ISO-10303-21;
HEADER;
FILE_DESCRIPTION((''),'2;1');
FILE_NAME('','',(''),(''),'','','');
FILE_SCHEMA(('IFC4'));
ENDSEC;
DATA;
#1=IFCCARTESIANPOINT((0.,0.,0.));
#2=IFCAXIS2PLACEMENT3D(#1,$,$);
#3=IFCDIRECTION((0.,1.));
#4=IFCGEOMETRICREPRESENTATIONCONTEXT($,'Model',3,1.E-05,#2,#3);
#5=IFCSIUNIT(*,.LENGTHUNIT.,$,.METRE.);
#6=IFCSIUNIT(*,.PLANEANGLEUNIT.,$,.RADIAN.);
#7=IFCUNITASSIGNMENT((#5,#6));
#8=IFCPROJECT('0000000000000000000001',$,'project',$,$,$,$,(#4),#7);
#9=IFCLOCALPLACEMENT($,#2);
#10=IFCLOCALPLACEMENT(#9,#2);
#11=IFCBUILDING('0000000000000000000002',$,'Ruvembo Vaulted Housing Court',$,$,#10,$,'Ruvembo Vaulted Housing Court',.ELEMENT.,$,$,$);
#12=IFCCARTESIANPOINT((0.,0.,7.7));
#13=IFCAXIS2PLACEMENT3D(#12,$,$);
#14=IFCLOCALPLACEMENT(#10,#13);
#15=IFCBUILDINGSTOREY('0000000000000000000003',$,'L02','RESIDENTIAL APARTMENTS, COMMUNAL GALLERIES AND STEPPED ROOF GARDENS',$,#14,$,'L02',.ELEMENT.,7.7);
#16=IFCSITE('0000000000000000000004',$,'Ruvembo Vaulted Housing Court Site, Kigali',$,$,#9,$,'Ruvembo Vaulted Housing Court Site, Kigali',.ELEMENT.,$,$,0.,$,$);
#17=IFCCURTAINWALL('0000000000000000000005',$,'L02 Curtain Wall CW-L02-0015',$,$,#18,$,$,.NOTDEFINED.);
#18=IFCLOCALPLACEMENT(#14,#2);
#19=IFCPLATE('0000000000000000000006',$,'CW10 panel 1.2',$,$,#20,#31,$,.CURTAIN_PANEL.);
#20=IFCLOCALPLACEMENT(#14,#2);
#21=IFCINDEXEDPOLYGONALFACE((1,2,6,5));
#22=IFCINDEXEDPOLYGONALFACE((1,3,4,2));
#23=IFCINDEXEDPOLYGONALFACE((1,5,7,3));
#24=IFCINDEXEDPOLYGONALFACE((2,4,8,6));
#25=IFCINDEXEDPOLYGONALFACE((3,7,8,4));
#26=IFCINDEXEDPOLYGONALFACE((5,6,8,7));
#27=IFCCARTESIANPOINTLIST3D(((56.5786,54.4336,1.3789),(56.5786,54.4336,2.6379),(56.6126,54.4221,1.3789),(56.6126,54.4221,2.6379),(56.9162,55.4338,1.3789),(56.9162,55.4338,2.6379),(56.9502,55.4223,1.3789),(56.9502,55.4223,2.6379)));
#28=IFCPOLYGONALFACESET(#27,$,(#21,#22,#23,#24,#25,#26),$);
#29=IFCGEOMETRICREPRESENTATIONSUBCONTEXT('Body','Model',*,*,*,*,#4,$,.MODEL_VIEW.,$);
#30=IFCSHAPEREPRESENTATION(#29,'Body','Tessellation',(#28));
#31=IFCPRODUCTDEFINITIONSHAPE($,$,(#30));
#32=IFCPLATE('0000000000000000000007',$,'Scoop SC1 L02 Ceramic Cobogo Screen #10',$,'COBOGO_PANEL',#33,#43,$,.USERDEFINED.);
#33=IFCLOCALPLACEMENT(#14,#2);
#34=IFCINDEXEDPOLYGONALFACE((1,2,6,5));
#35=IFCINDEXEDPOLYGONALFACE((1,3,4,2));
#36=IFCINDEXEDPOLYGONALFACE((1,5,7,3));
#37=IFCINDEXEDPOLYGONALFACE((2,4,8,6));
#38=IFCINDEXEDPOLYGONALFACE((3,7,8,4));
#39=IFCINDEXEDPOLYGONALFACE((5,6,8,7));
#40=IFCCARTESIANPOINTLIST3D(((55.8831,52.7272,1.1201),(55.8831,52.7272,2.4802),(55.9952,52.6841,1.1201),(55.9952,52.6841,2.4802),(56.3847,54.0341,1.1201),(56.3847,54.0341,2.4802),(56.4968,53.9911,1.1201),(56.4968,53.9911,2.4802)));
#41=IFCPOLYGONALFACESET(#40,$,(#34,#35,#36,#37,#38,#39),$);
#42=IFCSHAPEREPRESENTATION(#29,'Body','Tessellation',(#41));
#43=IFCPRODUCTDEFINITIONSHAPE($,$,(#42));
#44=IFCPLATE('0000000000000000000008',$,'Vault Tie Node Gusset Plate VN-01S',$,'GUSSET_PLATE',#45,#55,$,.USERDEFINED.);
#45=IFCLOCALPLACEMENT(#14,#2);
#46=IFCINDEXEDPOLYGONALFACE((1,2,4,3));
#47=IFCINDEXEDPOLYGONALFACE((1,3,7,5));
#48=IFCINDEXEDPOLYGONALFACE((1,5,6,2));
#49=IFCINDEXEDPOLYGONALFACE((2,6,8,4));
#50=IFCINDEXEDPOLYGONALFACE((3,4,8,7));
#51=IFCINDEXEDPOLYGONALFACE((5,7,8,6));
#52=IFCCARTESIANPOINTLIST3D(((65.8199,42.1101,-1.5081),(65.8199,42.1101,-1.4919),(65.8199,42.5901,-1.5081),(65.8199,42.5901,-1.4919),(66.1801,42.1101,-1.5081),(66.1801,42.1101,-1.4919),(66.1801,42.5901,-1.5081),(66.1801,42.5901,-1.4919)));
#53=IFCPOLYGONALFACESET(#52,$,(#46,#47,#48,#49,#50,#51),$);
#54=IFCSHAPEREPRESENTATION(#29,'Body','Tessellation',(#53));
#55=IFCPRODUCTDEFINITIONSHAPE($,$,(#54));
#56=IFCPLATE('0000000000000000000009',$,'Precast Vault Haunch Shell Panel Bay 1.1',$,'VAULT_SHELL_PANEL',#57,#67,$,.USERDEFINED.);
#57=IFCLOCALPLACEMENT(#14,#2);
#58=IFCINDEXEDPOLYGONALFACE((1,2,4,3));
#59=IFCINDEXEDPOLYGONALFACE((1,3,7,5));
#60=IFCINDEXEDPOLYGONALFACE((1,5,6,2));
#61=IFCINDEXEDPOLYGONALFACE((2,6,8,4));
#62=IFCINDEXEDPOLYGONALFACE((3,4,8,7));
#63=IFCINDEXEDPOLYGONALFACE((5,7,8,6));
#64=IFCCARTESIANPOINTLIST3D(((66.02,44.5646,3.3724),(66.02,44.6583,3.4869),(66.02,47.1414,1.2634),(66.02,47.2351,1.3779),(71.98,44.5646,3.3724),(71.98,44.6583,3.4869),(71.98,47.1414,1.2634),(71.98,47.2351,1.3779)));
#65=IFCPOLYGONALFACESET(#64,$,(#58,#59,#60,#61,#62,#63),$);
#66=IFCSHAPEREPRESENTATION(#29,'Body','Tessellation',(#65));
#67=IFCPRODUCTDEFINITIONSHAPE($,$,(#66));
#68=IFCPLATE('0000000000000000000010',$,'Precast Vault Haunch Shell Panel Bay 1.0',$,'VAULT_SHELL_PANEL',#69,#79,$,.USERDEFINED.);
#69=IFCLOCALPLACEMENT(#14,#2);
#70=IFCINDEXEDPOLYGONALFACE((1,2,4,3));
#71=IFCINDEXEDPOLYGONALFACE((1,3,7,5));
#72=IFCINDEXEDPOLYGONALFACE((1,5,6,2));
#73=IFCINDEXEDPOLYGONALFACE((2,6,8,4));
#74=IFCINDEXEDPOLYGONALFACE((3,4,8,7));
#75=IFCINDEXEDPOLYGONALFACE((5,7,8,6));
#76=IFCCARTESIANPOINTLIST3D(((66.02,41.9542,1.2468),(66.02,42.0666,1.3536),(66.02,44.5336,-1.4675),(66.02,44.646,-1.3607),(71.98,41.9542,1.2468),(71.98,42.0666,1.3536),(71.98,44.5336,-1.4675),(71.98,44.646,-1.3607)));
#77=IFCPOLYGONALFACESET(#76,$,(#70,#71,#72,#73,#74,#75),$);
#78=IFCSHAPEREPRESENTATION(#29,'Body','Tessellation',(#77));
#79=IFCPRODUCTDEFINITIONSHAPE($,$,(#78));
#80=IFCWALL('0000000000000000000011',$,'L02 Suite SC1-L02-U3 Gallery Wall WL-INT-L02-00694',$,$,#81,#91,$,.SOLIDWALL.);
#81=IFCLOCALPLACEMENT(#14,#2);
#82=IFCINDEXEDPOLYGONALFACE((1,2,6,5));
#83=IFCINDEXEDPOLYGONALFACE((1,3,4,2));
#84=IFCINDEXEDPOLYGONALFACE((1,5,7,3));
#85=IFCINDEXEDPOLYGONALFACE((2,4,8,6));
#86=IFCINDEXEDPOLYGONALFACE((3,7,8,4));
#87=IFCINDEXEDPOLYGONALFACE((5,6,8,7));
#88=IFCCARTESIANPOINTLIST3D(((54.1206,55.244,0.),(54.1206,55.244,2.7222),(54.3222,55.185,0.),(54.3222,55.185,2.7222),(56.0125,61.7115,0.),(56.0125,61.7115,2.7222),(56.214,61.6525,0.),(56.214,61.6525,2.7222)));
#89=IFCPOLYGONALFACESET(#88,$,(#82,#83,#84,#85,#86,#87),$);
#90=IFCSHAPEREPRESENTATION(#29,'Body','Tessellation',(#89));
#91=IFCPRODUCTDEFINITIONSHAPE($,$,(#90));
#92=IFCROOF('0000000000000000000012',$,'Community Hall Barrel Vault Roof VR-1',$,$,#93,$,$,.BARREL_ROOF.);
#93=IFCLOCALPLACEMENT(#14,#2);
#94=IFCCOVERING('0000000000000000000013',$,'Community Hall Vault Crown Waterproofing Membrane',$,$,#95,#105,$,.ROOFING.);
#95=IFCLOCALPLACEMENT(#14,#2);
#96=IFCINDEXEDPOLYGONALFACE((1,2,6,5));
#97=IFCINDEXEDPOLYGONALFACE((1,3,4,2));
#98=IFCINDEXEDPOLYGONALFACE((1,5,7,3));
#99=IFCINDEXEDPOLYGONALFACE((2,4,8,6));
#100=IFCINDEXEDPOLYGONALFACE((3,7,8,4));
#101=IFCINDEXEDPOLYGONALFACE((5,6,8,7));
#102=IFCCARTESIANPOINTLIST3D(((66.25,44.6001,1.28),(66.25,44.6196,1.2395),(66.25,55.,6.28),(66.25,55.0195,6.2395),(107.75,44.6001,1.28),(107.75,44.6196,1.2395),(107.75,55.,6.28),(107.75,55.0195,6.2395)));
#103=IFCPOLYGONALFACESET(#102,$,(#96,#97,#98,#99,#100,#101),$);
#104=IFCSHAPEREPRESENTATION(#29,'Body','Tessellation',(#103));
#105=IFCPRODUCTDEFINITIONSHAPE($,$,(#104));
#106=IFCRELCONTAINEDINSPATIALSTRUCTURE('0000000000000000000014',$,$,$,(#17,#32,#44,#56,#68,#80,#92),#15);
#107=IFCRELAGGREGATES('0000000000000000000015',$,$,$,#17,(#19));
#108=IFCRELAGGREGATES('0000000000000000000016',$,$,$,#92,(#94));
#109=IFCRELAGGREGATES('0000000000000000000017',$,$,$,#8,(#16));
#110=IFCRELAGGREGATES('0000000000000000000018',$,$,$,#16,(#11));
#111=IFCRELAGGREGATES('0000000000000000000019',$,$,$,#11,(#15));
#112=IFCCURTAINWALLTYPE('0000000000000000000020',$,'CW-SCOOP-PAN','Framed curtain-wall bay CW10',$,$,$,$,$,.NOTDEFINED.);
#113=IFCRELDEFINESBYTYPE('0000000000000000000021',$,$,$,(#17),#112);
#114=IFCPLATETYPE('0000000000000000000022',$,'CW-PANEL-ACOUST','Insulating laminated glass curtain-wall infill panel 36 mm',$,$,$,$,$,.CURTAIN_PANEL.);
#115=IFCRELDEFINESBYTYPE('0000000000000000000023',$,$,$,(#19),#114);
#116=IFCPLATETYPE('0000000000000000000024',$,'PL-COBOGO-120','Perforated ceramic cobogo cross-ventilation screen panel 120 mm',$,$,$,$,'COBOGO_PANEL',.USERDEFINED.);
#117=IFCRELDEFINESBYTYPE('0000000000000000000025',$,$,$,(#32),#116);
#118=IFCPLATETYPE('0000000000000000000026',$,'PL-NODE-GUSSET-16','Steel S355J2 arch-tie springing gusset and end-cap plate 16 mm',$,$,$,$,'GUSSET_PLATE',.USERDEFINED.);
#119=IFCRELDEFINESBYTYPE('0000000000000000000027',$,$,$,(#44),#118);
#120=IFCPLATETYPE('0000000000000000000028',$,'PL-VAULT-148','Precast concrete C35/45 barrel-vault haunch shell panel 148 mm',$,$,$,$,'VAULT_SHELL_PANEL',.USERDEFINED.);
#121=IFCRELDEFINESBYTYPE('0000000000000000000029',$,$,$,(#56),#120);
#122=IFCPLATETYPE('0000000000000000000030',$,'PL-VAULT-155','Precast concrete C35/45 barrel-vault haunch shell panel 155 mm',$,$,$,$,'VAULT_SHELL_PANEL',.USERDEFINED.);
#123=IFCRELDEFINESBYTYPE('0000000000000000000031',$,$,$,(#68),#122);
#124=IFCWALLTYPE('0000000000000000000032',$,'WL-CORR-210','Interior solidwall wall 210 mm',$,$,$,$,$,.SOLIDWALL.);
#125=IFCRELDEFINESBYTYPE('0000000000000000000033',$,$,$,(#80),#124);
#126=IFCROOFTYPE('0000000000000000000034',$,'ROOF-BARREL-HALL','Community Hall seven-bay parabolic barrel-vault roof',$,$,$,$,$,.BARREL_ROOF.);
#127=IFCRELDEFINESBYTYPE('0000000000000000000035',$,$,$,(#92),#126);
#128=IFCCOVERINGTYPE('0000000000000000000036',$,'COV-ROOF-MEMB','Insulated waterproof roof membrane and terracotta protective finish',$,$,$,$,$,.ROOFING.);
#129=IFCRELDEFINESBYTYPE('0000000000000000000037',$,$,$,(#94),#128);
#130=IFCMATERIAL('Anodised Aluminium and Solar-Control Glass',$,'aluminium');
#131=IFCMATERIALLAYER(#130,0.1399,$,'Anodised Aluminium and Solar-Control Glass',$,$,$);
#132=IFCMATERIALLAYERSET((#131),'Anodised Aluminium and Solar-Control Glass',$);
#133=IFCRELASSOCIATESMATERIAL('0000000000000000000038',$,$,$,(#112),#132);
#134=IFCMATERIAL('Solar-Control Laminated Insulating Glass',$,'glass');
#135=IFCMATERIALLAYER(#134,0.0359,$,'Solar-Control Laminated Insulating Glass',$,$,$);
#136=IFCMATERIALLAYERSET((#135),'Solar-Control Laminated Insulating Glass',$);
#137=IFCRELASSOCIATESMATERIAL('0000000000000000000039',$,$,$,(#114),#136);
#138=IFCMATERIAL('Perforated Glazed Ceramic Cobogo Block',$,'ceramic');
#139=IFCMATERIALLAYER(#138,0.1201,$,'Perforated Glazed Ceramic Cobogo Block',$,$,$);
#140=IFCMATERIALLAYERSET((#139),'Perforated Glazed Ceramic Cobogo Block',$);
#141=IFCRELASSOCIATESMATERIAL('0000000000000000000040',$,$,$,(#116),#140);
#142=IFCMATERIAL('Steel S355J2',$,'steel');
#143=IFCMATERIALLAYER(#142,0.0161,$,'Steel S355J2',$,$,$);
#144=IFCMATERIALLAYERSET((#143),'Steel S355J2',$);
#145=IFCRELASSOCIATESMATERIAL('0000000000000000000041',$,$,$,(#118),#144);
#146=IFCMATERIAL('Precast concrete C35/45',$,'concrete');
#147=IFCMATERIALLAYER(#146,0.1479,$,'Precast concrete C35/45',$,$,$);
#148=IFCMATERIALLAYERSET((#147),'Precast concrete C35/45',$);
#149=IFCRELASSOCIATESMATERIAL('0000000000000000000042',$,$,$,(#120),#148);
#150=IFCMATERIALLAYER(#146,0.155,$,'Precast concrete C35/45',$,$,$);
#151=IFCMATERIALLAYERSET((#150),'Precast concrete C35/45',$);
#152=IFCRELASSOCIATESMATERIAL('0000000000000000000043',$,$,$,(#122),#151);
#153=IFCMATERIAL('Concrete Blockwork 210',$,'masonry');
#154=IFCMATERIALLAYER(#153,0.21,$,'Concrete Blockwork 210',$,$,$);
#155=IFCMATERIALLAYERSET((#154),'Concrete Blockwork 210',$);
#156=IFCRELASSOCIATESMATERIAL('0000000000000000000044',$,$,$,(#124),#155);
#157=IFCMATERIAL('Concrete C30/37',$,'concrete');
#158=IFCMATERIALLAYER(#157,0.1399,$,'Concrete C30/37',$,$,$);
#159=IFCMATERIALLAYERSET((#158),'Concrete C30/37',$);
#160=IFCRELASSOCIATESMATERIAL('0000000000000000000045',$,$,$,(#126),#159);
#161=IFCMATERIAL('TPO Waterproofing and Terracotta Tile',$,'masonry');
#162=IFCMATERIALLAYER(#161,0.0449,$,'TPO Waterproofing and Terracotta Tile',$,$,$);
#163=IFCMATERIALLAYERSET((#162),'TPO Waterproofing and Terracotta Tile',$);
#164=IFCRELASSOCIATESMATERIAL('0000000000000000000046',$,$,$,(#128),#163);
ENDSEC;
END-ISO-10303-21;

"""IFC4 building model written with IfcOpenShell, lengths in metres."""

from ifc_helpers import new_model, si_unit, direction, frame, frame_2d, origin, origin_2d, place, context, subcontext, project, spatial, polyline, rectangle, outline, extrude, material, layer, layer_set, type_object, element, aggregate, save


model = new_model("IFC4")

# Units and contexts
model_context = context("Model", 3, precision=1e-05, world=origin(), true_north=direction((0.0, 1.0)))
body_context = subcontext(model_context, "Body", "Model", "MODEL_VIEW")
ifc_project = project(units=[si_unit("LENGTHUNIT", "METRE"), si_unit("PLANEANGLEUNIT", "RADIAN")], contexts=[model_context])

# Site, building, storey
site_placement = place(None, origin())
site = spatial("IfcSite", under=ifc_project, at=site_placement, Name="Ruvembo Vaulted Housing Court Site, Kigali", LongName="Ruvembo Vaulted Housing Court Site, Kigali", CompositionType="ELEMENT", RefElevation=0.0)
building_placement = place(site_placement, origin())
building = spatial("IfcBuilding", under=site, at=building_placement, Name="Ruvembo Vaulted Housing Court", LongName="Ruvembo Vaulted Housing Court", CompositionType="ELEMENT")
storey_placement = place(building_placement, frame((0.0, 0.0, 7.7)))
storey = spatial("IfcBuildingStorey", under=building, at=storey_placement, Name="L02", Description="RESIDENTIAL APARTMENTS, COMMUNAL GALLERIES AND STEPPED ROOF GARDENS", LongName="L02", CompositionType="ELEMENT", Elevation=7.7)

# Shared definitions
ifc_material_1 = material(Name="Steel S355J2", Category="steel")

# Curtain wall
ifc_material_2 = material(Name="Anodised Aluminium and Solar-Control Glass", Category="aluminium")
ifc_layer_1 = layer(ifc_material_2, 0.1399, Name="Anodised Aluminium and Solar-Control Glass")
ifc_layer_set_1 = layer_set([ifc_layer_1], Name="Anodised Aluminium and Solar-Control Glass")
curtain_wall_type = type_object("IfcCurtainWallType", Name="CW-SCOOP-PAN", Description="Framed curtain-wall bay CW10", PredefinedType="NOTDEFINED", material=ifc_layer_set_1)
curtain_wall_placement = place(storey_placement, origin())
curtain_wall = element("IfcCurtainWall", 1, at=curtain_wall_placement, inside=storey, type_object=curtain_wall_type, Name="L02 Curtain Wall CW-L02-0015", PredefinedType="NOTDEFINED")

# Plate
ifc_material_3 = material(Name="Solar-Control Laminated Insulating Glass", Category="glass")
ifc_layer_2 = layer(ifc_material_3, 0.0359, Name="Solar-Control Laminated Insulating Glass")
ifc_layer_set_2 = layer_set([ifc_layer_2], Name="Solar-Control Laminated Insulating Glass")
plate_type_1 = type_object("IfcPlateType", Name="CW-PANEL-ACOUST", Description="Insulating laminated glass curtain-wall infill panel 36 mm", PredefinedType="CURTAIN_PANEL", material=ifc_layer_set_2)
plate_1_placement = place(storey_placement, frame((56.7644, 54.928, 1.3789), z_axis=(0.0, 0.0, 1.0), x_axis=(0.319836, 0.947473, 0.0)))
plate_1 = element("IfcPlate", 2, at=plate_1_placement, type_object=plate_type_1, Name="CW10 panel 1.2", PredefinedType="CURTAIN_PANEL", context=body_context, shape_type="SweptSolid", body=[
    extrude(rectangle(XDim=1.0557, YDim=0.0359, at=origin_2d()), origin(), (0.0, 0.0, 1.0), 1.259),
])
aggregate(curtain_wall, [plate_1])

# Plates
ifc_material_4 = material(Name="Perforated Glazed Ceramic Cobogo Block", Category="ceramic")
ifc_layer_3 = layer(ifc_material_4, 0.1201, Name="Perforated Glazed Ceramic Cobogo Block")
ifc_layer_set_3 = layer_set([ifc_layer_3], Name="Perforated Glazed Ceramic Cobogo Block")
plate_type_2 = type_object("IfcPlateType", Name="PL-COBOGO-120", Description="Perforated ceramic cobogo cross-ventilation screen panel 120 mm", ElementType="COBOGO_PANEL", PredefinedType="USERDEFINED", material=ifc_layer_set_3)
plate_2_placement = place(storey_placement, frame((56.1899, 53.3591, 1.1201), z_axis=(0.0, 0.0, 1.0), x_axis=(0.358335, 0.933593, 0.0)))
element("IfcPlate", 3, at=plate_2_placement, inside=storey, type_object=plate_type_2, Name="Scoop SC1 L02 Ceramic Cobogo Screen #10", ObjectType="COBOGO_PANEL", PredefinedType="USERDEFINED", context=body_context, shape_type="SweptSolid", body=[
    extrude(rectangle(XDim=1.3999, YDim=0.1201, at=origin_2d()), origin(), (0.0, 0.0, 1.0), 1.3601),
])
ifc_layer_4 = layer(ifc_material_1, 0.0161, Name="Steel S355J2")
ifc_layer_set_4 = layer_set([ifc_layer_4], Name="Steel S355J2")
plate_type_3 = type_object("IfcPlateType", Name="PL-NODE-GUSSET-16", Description="Steel S355J2 arch-tie springing gusset and end-cap plate 16 mm", ElementType="GUSSET_PLATE", PredefinedType="USERDEFINED", material=ifc_layer_set_4)
plate_3_placement = place(storey_placement, frame((66.0, 42.3501, -1.5081), z_axis=(0.0, 0.0, 1.0), x_axis=(0.0, 1.0, 0.0)))
element("IfcPlate", 4, at=plate_3_placement, inside=storey, type_object=plate_type_3, Name="Vault Tie Node Gusset Plate VN-01S", ObjectType="GUSSET_PLATE", PredefinedType="USERDEFINED", context=body_context, shape_type="SweptSolid", body=[
    extrude(rectangle(XDim=0.48, YDim=0.3601, at=origin_2d()), origin(), (0.0, 0.0, 1.0), 0.0161),
])
ifc_material_5 = material(Name="Precast concrete C35/45", Category="concrete")
ifc_layer_5 = layer(ifc_material_5, 0.1479, Name="Precast concrete C35/45")
ifc_layer_set_5 = layer_set([ifc_layer_5], Name="Precast concrete C35/45")
plate_type_4 = type_object("IfcPlateType", Name="PL-VAULT-148", Description="Precast concrete C35/45 barrel-vault haunch shell panel 148 mm", ElementType="VAULT_SHELL_PANEL", PredefinedType="USERDEFINED", material=ifc_layer_set_5)
plate_4_placement = place(storey_placement, frame((69.0, 45.853, 2.3179), z_axis=(0.0, 0.633367, 0.773851), x_axis=(1.0, 0.0, 0.0)))
element("IfcPlate", 5, at=plate_4_placement, inside=storey, type_object=plate_type_4, Name="Precast Vault Haunch Shell Panel Bay 1.1", ObjectType="VAULT_SHELL_PANEL", PredefinedType="USERDEFINED", context=body_context, shape_type="SweptSolid", body=[
    extrude(rectangle(XDim=5.96, YDim=3.3298, at=origin_2d()), origin(), (0.0, 0.0, 1.0), 0.1479),
])
ifc_layer_6 = layer(ifc_material_5, 0.155, Name="Precast concrete C35/45")
ifc_layer_set_6 = layer_set([ifc_layer_6], Name="Precast concrete C35/45")
plate_type_5 = type_object("IfcPlateType", Name="PL-VAULT-155", Description="Precast concrete C35/45 barrel-vault haunch shell panel 155 mm", ElementType="VAULT_SHELL_PANEL", PredefinedType="USERDEFINED", material=ifc_layer_set_6)
plate_5_placement = place(storey_placement, frame((69.0, 43.2439, -0.1104), z_axis=(0.0, 0.724894, 0.688861), x_axis=(1.0, 0.0, 0.0)))
element("IfcPlate", 6, at=plate_5_placement, inside=storey, type_object=plate_type_5, Name="Precast Vault Haunch Shell Panel Bay 1.0", ObjectType="VAULT_SHELL_PANEL", PredefinedType="USERDEFINED", context=body_context, shape_type="SweptSolid", body=[
    extrude(rectangle(XDim=5.96, YDim=3.7444, at=origin_2d()), origin(), (0.0, 0.0, 1.0), 0.155),
])

# Wall
ifc_material_6 = material(Name="Concrete Blockwork 210", Category="masonry")
ifc_layer_7 = layer(ifc_material_6, 0.21, Name="Concrete Blockwork 210")
ifc_layer_set_7 = layer_set([ifc_layer_7], Name="Concrete Blockwork 210")
wall_type = type_object("IfcWallType", Name="WL-CORR-210", Description="Interior solidwall wall 210 mm", PredefinedType="SOLIDWALL", material=ifc_layer_set_7)
wall_placement = place(storey_placement, frame((54.2214, 55.2146, 0.0), z_axis=(0.0, 0.0, 1.0), x_axis=(0.28075, 0.959781, 0.0)))
element("IfcWall", 7, at=wall_placement, inside=storey, type_object=wall_type, Name="L02 Suite SC1-L02-U3 Gallery Wall WL-INT-L02-00694", PredefinedType="SOLIDWALL", context=body_context, shape_type="SweptSolid", body=[
    extrude(rectangle(XDim=6.7385, YDim=0.21, at=frame_2d((3.3691, 0.0))), origin(), (0.0, 0.0, 1.0), 2.7222),
])

# Roof, covering
ifc_material_7 = material(Name="Concrete C30/37", Category="concrete")
ifc_layer_8 = layer(ifc_material_7, 0.1399, Name="Concrete C30/37")
ifc_layer_set_8 = layer_set([ifc_layer_8], Name="Concrete C30/37")
roof_type = type_object("IfcRoofType", Name="ROOF-BARREL-HALL", Description="Community Hall seven-bay parabolic barrel-vault roof", PredefinedType="BARREL_ROOF", material=ifc_layer_set_8)
roof_placement = place(storey_placement, origin())
roof = element("IfcRoof", 8, at=roof_placement, inside=storey, type_object=roof_type, Name="Community Hall Barrel Vault Roof VR-1", PredefinedType="BARREL_ROOF")
ifc_material_8 = material(Name="TPO Waterproofing and Terracotta Tile", Category="masonry")
ifc_layer_9 = layer(ifc_material_8, 0.0449, Name="TPO Waterproofing and Terracotta Tile")
ifc_layer_set_9 = layer_set([ifc_layer_9], Name="TPO Waterproofing and Terracotta Tile")
covering_type = type_object("IfcCoveringType", Name="COV-ROOF-MEMB", Description="Insulated waterproof roof membrane and terracotta protective finish", PredefinedType="ROOFING", material=ifc_layer_set_9)
covering_placement = place(storey_placement, frame((66.25, 44.6001, 1.28), z_axis=(0.0, -0.433298, 0.901251), x_axis=(1.0, 0.0, 0.0)))
covering = element("IfcCovering", 9, at=covering_placement, type_object=covering_type, Name="Community Hall Vault Crown Waterproofing Membrane", PredefinedType="ROOFING", context=body_context, shape_type="SweptSolid", body=[
    extrude(outline(polyline([(0.0, 0.0), (41.5, 0.0), (41.5, 11.5394), (0.0, 11.5394), (0.0, 0.0)])), origin(), (0.0, 0.0, -1.0), 0.0449),
])
aggregate(roof, [covering])

save(model, "model.ifc")
